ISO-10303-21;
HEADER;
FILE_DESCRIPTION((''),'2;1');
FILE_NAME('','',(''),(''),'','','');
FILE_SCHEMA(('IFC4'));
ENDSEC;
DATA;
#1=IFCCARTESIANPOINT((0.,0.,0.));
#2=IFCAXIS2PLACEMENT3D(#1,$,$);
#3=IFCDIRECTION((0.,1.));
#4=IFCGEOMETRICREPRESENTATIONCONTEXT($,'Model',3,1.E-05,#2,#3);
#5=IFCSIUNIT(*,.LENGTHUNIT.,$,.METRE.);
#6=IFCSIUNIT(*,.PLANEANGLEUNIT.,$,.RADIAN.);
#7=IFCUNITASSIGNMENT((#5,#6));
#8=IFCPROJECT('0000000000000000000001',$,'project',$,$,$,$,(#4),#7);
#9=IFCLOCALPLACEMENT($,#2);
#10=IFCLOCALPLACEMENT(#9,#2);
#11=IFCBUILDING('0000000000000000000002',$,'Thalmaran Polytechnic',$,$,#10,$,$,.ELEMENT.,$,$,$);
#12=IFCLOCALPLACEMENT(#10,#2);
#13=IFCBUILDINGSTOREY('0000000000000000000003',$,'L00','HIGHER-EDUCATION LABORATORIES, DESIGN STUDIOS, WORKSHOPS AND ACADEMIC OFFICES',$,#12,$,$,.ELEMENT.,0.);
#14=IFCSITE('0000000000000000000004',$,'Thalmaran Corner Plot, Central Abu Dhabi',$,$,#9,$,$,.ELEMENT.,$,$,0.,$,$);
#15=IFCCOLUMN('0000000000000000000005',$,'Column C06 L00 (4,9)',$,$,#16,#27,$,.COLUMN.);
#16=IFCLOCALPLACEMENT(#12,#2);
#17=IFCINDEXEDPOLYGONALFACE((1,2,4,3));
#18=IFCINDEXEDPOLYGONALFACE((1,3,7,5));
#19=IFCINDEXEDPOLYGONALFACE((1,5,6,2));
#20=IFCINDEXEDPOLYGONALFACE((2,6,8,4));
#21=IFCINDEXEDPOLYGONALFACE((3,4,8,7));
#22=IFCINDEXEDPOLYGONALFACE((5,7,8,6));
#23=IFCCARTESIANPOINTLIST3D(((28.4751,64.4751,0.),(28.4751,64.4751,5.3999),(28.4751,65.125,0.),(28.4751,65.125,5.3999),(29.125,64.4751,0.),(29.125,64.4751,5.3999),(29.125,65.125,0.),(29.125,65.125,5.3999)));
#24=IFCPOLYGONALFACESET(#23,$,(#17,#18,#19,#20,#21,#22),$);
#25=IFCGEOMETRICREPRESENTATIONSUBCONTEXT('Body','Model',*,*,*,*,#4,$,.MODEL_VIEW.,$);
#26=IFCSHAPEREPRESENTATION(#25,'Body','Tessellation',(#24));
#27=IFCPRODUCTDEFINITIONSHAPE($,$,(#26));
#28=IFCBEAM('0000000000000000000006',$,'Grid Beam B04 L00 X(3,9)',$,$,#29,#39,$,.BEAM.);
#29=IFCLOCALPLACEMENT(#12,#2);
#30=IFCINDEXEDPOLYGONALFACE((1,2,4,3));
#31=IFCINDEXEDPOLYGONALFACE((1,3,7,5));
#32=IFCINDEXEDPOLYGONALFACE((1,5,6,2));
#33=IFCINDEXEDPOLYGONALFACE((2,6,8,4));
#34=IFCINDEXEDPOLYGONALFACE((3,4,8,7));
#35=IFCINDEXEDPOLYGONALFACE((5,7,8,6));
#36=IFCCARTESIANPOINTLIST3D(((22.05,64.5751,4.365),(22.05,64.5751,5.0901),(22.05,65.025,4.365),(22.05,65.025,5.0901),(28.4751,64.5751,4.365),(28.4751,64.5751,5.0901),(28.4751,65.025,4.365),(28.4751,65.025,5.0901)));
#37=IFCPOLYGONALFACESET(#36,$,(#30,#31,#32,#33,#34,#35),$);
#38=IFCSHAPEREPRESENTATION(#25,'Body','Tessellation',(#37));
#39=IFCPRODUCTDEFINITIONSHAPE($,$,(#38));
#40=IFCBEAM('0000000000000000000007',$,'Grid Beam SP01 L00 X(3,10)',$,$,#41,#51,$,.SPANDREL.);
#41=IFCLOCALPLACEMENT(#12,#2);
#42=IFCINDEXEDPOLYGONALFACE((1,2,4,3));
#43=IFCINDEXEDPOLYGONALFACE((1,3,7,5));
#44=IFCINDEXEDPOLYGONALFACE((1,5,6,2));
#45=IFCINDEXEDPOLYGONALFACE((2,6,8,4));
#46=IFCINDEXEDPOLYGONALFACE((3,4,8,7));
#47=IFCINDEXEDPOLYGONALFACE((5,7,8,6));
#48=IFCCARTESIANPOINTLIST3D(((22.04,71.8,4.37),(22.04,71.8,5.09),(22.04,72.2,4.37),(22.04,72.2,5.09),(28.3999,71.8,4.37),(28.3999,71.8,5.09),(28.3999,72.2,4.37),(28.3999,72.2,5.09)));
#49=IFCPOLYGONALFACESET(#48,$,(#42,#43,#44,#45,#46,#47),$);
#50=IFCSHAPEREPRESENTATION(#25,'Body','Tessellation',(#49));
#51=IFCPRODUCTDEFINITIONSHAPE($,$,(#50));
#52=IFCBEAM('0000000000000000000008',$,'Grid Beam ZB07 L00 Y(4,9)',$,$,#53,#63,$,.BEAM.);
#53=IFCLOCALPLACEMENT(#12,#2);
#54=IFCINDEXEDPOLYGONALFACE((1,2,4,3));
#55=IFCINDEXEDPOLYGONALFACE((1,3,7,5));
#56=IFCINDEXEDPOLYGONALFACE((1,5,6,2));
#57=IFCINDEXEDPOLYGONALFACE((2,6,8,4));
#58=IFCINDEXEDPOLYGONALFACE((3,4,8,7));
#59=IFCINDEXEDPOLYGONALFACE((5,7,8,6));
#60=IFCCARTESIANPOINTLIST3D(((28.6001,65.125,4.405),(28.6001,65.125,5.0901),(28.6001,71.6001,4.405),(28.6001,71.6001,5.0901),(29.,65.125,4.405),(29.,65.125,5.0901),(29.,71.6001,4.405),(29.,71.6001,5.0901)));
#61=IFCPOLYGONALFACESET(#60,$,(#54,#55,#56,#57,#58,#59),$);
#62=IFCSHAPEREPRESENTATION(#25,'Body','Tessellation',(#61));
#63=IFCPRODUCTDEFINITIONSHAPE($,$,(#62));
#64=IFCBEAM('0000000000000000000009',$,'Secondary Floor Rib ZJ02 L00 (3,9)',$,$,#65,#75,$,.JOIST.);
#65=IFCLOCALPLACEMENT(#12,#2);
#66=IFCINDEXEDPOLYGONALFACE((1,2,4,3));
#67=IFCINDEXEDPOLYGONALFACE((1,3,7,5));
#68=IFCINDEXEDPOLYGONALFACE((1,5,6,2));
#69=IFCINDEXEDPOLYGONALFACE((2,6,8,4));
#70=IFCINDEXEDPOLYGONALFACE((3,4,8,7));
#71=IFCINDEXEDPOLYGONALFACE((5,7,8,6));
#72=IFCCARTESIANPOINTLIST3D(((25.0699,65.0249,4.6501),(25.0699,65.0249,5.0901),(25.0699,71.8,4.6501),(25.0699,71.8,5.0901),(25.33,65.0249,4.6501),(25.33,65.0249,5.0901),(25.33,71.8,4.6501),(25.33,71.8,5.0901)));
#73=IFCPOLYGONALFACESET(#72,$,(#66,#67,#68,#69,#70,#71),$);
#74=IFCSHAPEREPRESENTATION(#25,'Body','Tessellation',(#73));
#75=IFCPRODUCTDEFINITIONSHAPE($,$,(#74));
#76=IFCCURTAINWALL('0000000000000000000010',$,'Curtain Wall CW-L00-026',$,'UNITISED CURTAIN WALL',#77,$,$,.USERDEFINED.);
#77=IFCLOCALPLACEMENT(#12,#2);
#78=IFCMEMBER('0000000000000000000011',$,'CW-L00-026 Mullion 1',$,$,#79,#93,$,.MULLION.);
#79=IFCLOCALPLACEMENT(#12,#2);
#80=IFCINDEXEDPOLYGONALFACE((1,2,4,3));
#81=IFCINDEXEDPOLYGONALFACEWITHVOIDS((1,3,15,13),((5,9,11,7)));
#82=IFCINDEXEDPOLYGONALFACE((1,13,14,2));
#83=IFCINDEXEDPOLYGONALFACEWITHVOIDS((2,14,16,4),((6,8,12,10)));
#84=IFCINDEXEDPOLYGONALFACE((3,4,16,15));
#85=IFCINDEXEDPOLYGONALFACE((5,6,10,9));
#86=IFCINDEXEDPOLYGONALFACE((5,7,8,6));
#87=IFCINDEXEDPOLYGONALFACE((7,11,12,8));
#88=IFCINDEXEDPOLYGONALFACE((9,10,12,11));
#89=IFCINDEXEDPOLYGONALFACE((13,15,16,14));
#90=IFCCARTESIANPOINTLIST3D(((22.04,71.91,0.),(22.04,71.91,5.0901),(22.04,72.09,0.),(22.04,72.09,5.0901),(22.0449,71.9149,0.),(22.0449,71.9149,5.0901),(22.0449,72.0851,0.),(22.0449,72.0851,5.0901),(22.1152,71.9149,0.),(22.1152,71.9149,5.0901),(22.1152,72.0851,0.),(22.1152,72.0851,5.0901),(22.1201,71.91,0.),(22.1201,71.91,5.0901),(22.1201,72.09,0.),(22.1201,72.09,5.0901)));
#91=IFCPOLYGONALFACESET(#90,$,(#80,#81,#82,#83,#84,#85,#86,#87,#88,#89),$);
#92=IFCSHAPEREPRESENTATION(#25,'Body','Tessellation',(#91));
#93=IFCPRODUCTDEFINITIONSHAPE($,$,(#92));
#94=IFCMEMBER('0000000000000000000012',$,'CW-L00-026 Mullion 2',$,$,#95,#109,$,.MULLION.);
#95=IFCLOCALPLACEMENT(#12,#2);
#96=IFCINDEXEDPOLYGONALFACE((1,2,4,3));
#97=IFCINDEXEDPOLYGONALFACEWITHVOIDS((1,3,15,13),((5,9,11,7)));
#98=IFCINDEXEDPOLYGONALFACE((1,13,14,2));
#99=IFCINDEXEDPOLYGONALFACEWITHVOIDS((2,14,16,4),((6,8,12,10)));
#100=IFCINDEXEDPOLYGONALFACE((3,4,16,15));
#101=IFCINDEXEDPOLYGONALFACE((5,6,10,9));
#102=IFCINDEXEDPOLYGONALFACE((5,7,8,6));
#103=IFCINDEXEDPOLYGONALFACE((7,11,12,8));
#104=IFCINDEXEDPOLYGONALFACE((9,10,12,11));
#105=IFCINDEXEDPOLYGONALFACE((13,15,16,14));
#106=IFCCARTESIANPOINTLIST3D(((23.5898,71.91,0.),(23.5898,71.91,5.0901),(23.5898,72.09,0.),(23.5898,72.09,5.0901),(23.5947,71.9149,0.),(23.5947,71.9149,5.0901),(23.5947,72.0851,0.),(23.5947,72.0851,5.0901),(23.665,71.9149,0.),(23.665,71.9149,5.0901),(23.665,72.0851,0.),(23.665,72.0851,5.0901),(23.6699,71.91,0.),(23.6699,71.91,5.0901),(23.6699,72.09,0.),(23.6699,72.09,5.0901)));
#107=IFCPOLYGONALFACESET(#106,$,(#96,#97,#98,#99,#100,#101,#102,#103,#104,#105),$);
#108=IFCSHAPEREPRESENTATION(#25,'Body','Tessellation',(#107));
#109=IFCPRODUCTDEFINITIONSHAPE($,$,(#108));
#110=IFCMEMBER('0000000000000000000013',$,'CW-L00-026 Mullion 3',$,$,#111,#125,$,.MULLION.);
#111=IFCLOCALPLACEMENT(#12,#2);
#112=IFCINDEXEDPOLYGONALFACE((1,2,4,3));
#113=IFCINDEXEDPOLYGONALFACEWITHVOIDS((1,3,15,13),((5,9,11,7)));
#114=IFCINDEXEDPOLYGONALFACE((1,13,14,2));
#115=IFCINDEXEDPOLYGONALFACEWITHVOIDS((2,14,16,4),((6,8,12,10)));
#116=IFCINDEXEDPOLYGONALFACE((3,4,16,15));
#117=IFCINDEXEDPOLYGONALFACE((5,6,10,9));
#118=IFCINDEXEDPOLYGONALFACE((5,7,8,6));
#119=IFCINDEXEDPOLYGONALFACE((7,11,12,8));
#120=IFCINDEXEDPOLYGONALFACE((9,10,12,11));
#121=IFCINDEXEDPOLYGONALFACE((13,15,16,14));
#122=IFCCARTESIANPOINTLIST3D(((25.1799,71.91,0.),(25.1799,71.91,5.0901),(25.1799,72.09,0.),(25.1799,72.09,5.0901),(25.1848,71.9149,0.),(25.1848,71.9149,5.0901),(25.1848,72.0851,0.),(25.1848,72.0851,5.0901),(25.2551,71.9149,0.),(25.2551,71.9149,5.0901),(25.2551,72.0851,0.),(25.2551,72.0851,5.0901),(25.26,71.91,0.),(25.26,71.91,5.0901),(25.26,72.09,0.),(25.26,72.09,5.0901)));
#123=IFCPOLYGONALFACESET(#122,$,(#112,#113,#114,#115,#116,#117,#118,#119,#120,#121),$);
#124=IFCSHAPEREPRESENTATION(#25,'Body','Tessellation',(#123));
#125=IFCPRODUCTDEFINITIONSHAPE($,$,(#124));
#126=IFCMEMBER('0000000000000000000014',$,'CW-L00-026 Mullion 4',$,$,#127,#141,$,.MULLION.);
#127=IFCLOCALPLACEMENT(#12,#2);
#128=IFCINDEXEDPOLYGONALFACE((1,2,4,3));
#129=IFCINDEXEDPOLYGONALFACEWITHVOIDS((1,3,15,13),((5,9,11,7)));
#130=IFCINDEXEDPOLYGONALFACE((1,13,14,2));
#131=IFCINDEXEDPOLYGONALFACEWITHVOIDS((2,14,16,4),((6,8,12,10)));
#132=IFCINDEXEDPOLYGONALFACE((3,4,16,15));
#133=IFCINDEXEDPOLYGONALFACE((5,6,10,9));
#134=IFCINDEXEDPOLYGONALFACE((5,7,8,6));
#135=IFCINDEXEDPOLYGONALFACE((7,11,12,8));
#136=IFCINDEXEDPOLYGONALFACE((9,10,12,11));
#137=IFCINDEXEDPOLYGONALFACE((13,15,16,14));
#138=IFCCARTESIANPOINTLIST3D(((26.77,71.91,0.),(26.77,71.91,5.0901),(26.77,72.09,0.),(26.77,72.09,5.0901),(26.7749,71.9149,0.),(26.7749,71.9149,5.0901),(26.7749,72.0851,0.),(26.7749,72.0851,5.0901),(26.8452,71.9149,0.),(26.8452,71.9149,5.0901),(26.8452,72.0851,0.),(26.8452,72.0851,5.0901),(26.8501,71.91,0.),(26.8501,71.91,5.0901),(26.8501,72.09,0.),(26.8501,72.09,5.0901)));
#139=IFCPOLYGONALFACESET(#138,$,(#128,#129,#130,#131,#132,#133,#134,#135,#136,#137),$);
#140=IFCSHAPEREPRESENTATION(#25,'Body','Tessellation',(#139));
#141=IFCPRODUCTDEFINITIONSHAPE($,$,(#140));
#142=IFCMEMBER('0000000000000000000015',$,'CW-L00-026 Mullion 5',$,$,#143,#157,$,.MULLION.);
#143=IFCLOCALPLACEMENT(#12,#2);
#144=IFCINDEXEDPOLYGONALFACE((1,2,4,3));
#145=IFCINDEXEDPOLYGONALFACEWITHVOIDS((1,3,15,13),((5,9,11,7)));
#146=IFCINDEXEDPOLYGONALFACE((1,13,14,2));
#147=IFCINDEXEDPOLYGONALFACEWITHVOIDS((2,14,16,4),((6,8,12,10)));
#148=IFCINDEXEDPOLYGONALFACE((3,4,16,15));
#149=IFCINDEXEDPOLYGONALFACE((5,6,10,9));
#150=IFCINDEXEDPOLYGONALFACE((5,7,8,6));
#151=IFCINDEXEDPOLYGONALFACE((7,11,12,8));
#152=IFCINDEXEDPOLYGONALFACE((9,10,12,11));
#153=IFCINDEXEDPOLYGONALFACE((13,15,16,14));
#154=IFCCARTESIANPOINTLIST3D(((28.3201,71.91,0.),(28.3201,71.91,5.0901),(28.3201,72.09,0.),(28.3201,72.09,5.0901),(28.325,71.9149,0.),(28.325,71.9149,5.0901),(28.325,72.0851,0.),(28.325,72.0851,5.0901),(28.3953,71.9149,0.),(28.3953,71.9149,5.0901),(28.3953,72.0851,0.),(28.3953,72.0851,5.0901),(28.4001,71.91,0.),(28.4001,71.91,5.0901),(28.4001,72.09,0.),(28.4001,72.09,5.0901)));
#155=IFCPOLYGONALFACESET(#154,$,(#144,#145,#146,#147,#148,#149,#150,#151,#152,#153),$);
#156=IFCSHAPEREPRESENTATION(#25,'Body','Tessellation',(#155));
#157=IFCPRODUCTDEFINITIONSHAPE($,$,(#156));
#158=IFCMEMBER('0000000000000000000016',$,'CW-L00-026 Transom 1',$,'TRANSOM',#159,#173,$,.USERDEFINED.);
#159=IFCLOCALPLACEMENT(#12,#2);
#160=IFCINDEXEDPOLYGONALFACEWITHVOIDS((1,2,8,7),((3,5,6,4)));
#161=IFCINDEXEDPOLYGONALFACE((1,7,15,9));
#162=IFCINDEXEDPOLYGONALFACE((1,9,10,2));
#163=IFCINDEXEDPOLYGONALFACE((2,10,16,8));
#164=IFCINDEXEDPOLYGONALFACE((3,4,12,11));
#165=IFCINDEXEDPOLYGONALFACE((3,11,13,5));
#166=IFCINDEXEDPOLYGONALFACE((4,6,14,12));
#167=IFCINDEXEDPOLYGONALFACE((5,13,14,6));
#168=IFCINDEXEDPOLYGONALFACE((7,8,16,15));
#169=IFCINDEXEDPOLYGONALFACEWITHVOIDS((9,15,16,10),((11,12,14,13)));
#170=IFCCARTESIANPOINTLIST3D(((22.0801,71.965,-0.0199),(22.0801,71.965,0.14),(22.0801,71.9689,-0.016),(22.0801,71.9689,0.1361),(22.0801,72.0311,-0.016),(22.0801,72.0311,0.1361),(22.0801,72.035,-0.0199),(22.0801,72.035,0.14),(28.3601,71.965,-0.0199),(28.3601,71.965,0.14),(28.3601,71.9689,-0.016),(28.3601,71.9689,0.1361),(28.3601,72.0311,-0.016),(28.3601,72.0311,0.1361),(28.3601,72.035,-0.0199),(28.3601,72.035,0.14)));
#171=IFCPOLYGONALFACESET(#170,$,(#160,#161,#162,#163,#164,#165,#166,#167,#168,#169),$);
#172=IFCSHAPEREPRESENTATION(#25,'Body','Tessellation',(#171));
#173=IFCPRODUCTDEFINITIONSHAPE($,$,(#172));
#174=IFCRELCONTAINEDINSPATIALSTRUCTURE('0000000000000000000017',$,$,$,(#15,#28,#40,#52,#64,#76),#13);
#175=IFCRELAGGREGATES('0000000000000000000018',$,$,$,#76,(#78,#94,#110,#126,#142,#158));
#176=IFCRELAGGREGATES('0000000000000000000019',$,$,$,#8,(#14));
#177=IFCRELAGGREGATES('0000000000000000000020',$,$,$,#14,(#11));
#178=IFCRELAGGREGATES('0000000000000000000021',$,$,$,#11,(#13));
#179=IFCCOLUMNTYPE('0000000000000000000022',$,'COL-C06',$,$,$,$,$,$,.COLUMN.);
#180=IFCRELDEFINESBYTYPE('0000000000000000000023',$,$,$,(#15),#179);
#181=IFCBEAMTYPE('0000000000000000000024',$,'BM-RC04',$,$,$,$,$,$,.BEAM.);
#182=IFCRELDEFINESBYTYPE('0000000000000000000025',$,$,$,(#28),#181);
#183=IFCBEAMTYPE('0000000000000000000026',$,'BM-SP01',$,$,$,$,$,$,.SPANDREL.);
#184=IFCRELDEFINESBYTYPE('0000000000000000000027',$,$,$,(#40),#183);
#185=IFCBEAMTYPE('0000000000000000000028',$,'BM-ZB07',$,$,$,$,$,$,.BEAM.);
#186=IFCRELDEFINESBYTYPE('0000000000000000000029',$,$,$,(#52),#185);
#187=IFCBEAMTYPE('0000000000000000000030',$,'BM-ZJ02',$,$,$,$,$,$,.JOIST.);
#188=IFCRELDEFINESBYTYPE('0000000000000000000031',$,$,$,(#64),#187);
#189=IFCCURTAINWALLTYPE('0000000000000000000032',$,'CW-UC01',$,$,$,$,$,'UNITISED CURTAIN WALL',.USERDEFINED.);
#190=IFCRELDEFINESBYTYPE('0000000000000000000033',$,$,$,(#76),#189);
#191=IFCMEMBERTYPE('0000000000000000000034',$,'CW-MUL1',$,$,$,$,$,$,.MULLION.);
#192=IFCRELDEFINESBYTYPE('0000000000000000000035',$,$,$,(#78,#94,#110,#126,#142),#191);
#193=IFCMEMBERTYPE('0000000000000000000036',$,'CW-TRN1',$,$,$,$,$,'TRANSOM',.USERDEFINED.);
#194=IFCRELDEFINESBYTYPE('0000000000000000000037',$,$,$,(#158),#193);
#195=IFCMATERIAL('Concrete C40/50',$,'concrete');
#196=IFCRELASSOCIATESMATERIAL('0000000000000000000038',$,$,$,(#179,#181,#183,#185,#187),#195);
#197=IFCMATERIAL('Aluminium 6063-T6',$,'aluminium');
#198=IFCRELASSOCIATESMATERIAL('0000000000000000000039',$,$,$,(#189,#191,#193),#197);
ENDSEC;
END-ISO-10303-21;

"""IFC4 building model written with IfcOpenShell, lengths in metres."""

from ifc_helpers import new_model, si_unit, direction, frame, origin, origin_2d, place, context, subcontext, project, spatial, rectangle, hollow_rectangle, extrude, material, material_profile, profile_set, type_object, element, aggregate, save


model = new_model("IFC4")

# Units and contexts
model_context = context("Model", 3, precision=1e-05, world=origin(), true_north=direction((0.0, 1.0)))
body_context = subcontext(model_context, "Body", "Model", "MODEL_VIEW")
ifc_project = project(units=[si_unit("LENGTHUNIT", "METRE"), si_unit("PLANEANGLEUNIT", "RADIAN")], contexts=[model_context])

# Site, building, storey
site_placement = place(None, origin())
site = spatial("IfcSite", under=ifc_project, at=site_placement, Name="Thalmaran Corner Plot, Central Abu Dhabi", CompositionType="ELEMENT", RefElevation=0.0)
building_placement = place(site_placement, origin())
building = spatial("IfcBuilding", under=site, at=building_placement, Name="Thalmaran Polytechnic", CompositionType="ELEMENT")
storey_placement = place(building_placement, origin())
storey = spatial("IfcBuildingStorey", under=building, at=storey_placement, Name="L00", Description="HIGHER-EDUCATION LABORATORIES, DESIGN STUDIOS, WORKSHOPS AND ACADEMIC OFFICES", CompositionType="ELEMENT", Elevation=0.0)

# Column
ifc_material_1 = material(Name="Concrete C40/50", Category="concrete")
ifc_material_profile_1 = material_profile(ifc_material_1, rectangle(XDim=0.6499, YDim=0.6499, at=origin_2d()), Name="RC 650x650")
ifc_profile_set_1 = profile_set([ifc_material_profile_1], Name="Concrete C40/50")
column_type = type_object("IfcColumnType", Name="COL-C06", PredefinedType="COLUMN", material=ifc_profile_set_1)
column_placement = place(storey_placement, frame((28.8, 64.8, 0.0), z_axis=(0.0, 0.0, 1.0), x_axis=(1.0, 0.0, 0.0)))
element("IfcColumn", 1, at=column_placement, inside=storey, type_object=column_type, Name="Column C06 L00 (4,9)", PredefinedType="COLUMN", context=body_context, shape_type="SweptSolid", body=[
    extrude(rectangle(XDim=0.6499, YDim=0.6499, at=origin_2d()), origin(), (0.0, 0.0, 1.0), 5.3999),
])

# Beams
ifc_material_profile_2 = material_profile(ifc_material_1, rectangle(XDim=0.45, YDim=0.7251, at=origin_2d()), Name="RC 450x725")
ifc_profile_set_2 = profile_set([ifc_material_profile_2], Name="Concrete C40/50")
beam_type_1 = type_object("IfcBeamType", Name="BM-RC04", PredefinedType="BEAM", material=ifc_profile_set_2)
beam_1_placement = place(storey_placement, frame((22.05, 64.8, 4.7275), z_axis=(1.0, 0.0, 0.0), x_axis=(0.0, 1.0, 0.0)))
element("IfcBeam", 2, at=beam_1_placement, inside=storey, type_object=beam_type_1, Name="Grid Beam B04 L00 X(3,9)", PredefinedType="BEAM", context=body_context, shape_type="SweptSolid", body=[
    extrude(rectangle(XDim=0.45, YDim=0.7251, at=origin_2d()), origin(), (0.0, 0.0, 1.0), 6.425),
])
ifc_material_profile_3 = material_profile(ifc_material_1, rectangle(XDim=0.3999, YDim=0.72, at=origin_2d()), Name="RC 400x720")
ifc_profile_set_3 = profile_set([ifc_material_profile_3], Name="Concrete C40/50")
beam_type_2 = type_object("IfcBeamType", Name="BM-SP01", PredefinedType="SPANDREL", material=ifc_profile_set_3)
beam_2_placement = place(storey_placement, frame((22.04, 72.0, 4.73), z_axis=(1.0, 0.0, 0.0), x_axis=(0.0, 1.0, 0.0)))
element("IfcBeam", 3, at=beam_2_placement, inside=storey, type_object=beam_type_2, Name="Grid Beam SP01 L00 X(3,10)", PredefinedType="SPANDREL", context=body_context, shape_type="SweptSolid", body=[
    extrude(rectangle(XDim=0.3999, YDim=0.72, at=origin_2d()), origin(), (0.0, 0.0, 1.0), 6.3599),
])
ifc_material_profile_4 = material_profile(ifc_material_1, rectangle(XDim=0.3999, YDim=0.6851, at=origin_2d()), Name="RC 400x685")
ifc_profile_set_4 = profile_set([ifc_material_profile_4], Name="Concrete C40/50")
beam_type_3 = type_object("IfcBeamType", Name="BM-ZB07", PredefinedType="BEAM", material=ifc_profile_set_4)
beam_3_placement = place(storey_placement, frame((28.8, 65.125, 4.7476), z_axis=(0.0, 1.0, 0.0), x_axis=(-1.0, 0.0, 0.0)))
element("IfcBeam", 4, at=beam_3_placement, inside=storey, type_object=beam_type_3, Name="Grid Beam ZB07 L00 Y(4,9)", PredefinedType="BEAM", context=body_context, shape_type="SweptSolid", body=[
    extrude(rectangle(XDim=0.3999, YDim=0.6851, at=origin_2d()), origin(), (0.0, 0.0, 1.0), 6.4751),
])
ifc_material_profile_5 = material_profile(ifc_material_1, rectangle(XDim=0.26, YDim=0.4399, at=origin_2d()), Name="RC 260x440")
ifc_profile_set_5 = profile_set([ifc_material_profile_5], Name="Concrete C40/50")
beam_type_4 = type_object("IfcBeamType", Name="BM-ZJ02", PredefinedType="JOIST", material=ifc_profile_set_5)
beam_4_placement = place(storey_placement, frame((25.2, 65.0249, 4.8701), z_axis=(0.0, 1.0, 0.0), x_axis=(-1.0, 0.0, 0.0)))
element("IfcBeam", 5, at=beam_4_placement, inside=storey, type_object=beam_type_4, Name="Secondary Floor Rib ZJ02 L00 (3,9)", PredefinedType="JOIST", context=body_context, shape_type="SweptSolid", body=[
    extrude(rectangle(XDim=0.26, YDim=0.4399, at=origin_2d()), origin(), (0.0, 0.0, 1.0), 6.7751),
])

# Curtain wall, members
ifc_material_2 = material(Name="Aluminium 6063-T6", Category="aluminium")
curtain_wall_type = type_object("IfcCurtainWallType", Name="CW-UC01", ElementType="UNITISED CURTAIN WALL", PredefinedType="USERDEFINED", material=ifc_material_2)
curtain_wall_placement = place(storey_placement, origin())
curtain_wall = element("IfcCurtainWall", 6, at=curtain_wall_placement, inside=storey, type_object=curtain_wall_type, Name="Curtain Wall CW-L00-026", ObjectType="UNITISED CURTAIN WALL", PredefinedType="USERDEFINED")
ifc_material_profile_6 = material_profile(ifc_material_2, hollow_rectangle(XDim=0.0801, YDim=0.1799, WallThickness=0.0049, at=origin_2d()), Name="RHS 180x80x5.0")
ifc_profile_set_6 = profile_set([ifc_material_profile_6], Name="Aluminium 6063-T6")
member_type_1 = type_object("IfcMemberType", Name="CW-MUL1", PredefinedType="MULLION", material=ifc_profile_set_6)
member_1_placement = place(storey_placement, frame((22.0801, 72.0, 0.0), z_axis=(0.0, 0.0, 1.0), x_axis=(1.0, 0.0, 0.0)))
member_1 = element("IfcMember", 7, at=member_1_placement, type_object=member_type_1, Name="CW-L00-026 Mullion 1", PredefinedType="MULLION", context=body_context, shape_type="SweptSolid", body=[
    extrude(hollow_rectangle(XDim=0.0801, YDim=0.1799, WallThickness=0.0049, at=origin_2d()), origin(), (0.0, 0.0, 1.0), 5.0901),
])
member_2_placement = place(storey_placement, frame((23.6299, 72.0, 0.0), z_axis=(0.0, 0.0, 1.0), x_axis=(1.0, 0.0, 0.0)))
member_2 = element("IfcMember", 8, at=member_2_placement, type_object=member_type_1, Name="CW-L00-026 Mullion 2", PredefinedType="MULLION", context=body_context, shape_type="SweptSolid", body=[
    extrude(hollow_rectangle(XDim=0.0801, YDim=0.1799, WallThickness=0.0049, at=origin_2d()), origin(), (0.0, 0.0, 1.0), 5.0901),
])
member_3_placement = place(storey_placement, frame((25.22, 72.0, 0.0), z_axis=(0.0, 0.0, 1.0), x_axis=(1.0, 0.0, 0.0)))
member_3 = element("IfcMember", 9, at=member_3_placement, type_object=member_type_1, Name="CW-L00-026 Mullion 3", PredefinedType="MULLION", context=body_context, shape_type="SweptSolid", body=[
    extrude(hollow_rectangle(XDim=0.0801, YDim=0.1799, WallThickness=0.0049, at=origin_2d()), origin(), (0.0, 0.0, 1.0), 5.0901),
])
member_4_placement = place(storey_placement, frame((26.8101, 72.0, 0.0), z_axis=(0.0, 0.0, 1.0), x_axis=(1.0, 0.0, 0.0)))
member_4 = element("IfcMember", 10, at=member_4_placement, type_object=member_type_1, Name="CW-L00-026 Mullion 4", PredefinedType="MULLION", context=body_context, shape_type="SweptSolid", body=[
    extrude(hollow_rectangle(XDim=0.0801, YDim=0.1799, WallThickness=0.0049, at=origin_2d()), origin(), (0.0, 0.0, 1.0), 5.0901),
])
member_5_placement = place(storey_placement, frame((28.3601, 72.0, 0.0), z_axis=(0.0, 0.0, 1.0), x_axis=(1.0, 0.0, 0.0)))
member_5 = element("IfcMember", 11, at=member_5_placement, type_object=member_type_1, Name="CW-L00-026 Mullion 5", PredefinedType="MULLION", context=body_context, shape_type="SweptSolid", body=[
    extrude(hollow_rectangle(XDim=0.0801, YDim=0.1799, WallThickness=0.0049, at=origin_2d()), origin(), (0.0, 0.0, 1.0), 5.0901),
])
ifc_material_profile_7 = material_profile(ifc_material_2, hollow_rectangle(XDim=0.0701, YDim=0.1599, WallThickness=0.0039, at=origin_2d()), Name="AL 160x70x4.0")
ifc_profile_set_7 = profile_set([ifc_material_profile_7], Name="Aluminium 6063-T6")
member_type_2 = type_object("IfcMemberType", Name="CW-TRN1", ElementType="TRANSOM", PredefinedType="USERDEFINED", material=ifc_profile_set_7)
member_6_placement = place(storey_placement, frame((22.0801, 72.0, 0.0601), z_axis=(1.0, 0.0, 0.0), x_axis=(0.0, 1.0, 0.0)))
member_6 = element("IfcMember", 12, at=member_6_placement, type_object=member_type_2, Name="CW-L00-026 Transom 1", ObjectType="TRANSOM", PredefinedType="USERDEFINED", context=body_context, shape_type="SweptSolid", body=[
    extrude(hollow_rectangle(XDim=0.0701, YDim=0.1599, WallThickness=0.0039, at=origin_2d()), origin(), (0.0, 0.0, 1.0), 6.28),
])

aggregate(curtain_wall, [member_1, member_2, member_3, member_4, member_5, member_6])

save(model, "model.ifc")
